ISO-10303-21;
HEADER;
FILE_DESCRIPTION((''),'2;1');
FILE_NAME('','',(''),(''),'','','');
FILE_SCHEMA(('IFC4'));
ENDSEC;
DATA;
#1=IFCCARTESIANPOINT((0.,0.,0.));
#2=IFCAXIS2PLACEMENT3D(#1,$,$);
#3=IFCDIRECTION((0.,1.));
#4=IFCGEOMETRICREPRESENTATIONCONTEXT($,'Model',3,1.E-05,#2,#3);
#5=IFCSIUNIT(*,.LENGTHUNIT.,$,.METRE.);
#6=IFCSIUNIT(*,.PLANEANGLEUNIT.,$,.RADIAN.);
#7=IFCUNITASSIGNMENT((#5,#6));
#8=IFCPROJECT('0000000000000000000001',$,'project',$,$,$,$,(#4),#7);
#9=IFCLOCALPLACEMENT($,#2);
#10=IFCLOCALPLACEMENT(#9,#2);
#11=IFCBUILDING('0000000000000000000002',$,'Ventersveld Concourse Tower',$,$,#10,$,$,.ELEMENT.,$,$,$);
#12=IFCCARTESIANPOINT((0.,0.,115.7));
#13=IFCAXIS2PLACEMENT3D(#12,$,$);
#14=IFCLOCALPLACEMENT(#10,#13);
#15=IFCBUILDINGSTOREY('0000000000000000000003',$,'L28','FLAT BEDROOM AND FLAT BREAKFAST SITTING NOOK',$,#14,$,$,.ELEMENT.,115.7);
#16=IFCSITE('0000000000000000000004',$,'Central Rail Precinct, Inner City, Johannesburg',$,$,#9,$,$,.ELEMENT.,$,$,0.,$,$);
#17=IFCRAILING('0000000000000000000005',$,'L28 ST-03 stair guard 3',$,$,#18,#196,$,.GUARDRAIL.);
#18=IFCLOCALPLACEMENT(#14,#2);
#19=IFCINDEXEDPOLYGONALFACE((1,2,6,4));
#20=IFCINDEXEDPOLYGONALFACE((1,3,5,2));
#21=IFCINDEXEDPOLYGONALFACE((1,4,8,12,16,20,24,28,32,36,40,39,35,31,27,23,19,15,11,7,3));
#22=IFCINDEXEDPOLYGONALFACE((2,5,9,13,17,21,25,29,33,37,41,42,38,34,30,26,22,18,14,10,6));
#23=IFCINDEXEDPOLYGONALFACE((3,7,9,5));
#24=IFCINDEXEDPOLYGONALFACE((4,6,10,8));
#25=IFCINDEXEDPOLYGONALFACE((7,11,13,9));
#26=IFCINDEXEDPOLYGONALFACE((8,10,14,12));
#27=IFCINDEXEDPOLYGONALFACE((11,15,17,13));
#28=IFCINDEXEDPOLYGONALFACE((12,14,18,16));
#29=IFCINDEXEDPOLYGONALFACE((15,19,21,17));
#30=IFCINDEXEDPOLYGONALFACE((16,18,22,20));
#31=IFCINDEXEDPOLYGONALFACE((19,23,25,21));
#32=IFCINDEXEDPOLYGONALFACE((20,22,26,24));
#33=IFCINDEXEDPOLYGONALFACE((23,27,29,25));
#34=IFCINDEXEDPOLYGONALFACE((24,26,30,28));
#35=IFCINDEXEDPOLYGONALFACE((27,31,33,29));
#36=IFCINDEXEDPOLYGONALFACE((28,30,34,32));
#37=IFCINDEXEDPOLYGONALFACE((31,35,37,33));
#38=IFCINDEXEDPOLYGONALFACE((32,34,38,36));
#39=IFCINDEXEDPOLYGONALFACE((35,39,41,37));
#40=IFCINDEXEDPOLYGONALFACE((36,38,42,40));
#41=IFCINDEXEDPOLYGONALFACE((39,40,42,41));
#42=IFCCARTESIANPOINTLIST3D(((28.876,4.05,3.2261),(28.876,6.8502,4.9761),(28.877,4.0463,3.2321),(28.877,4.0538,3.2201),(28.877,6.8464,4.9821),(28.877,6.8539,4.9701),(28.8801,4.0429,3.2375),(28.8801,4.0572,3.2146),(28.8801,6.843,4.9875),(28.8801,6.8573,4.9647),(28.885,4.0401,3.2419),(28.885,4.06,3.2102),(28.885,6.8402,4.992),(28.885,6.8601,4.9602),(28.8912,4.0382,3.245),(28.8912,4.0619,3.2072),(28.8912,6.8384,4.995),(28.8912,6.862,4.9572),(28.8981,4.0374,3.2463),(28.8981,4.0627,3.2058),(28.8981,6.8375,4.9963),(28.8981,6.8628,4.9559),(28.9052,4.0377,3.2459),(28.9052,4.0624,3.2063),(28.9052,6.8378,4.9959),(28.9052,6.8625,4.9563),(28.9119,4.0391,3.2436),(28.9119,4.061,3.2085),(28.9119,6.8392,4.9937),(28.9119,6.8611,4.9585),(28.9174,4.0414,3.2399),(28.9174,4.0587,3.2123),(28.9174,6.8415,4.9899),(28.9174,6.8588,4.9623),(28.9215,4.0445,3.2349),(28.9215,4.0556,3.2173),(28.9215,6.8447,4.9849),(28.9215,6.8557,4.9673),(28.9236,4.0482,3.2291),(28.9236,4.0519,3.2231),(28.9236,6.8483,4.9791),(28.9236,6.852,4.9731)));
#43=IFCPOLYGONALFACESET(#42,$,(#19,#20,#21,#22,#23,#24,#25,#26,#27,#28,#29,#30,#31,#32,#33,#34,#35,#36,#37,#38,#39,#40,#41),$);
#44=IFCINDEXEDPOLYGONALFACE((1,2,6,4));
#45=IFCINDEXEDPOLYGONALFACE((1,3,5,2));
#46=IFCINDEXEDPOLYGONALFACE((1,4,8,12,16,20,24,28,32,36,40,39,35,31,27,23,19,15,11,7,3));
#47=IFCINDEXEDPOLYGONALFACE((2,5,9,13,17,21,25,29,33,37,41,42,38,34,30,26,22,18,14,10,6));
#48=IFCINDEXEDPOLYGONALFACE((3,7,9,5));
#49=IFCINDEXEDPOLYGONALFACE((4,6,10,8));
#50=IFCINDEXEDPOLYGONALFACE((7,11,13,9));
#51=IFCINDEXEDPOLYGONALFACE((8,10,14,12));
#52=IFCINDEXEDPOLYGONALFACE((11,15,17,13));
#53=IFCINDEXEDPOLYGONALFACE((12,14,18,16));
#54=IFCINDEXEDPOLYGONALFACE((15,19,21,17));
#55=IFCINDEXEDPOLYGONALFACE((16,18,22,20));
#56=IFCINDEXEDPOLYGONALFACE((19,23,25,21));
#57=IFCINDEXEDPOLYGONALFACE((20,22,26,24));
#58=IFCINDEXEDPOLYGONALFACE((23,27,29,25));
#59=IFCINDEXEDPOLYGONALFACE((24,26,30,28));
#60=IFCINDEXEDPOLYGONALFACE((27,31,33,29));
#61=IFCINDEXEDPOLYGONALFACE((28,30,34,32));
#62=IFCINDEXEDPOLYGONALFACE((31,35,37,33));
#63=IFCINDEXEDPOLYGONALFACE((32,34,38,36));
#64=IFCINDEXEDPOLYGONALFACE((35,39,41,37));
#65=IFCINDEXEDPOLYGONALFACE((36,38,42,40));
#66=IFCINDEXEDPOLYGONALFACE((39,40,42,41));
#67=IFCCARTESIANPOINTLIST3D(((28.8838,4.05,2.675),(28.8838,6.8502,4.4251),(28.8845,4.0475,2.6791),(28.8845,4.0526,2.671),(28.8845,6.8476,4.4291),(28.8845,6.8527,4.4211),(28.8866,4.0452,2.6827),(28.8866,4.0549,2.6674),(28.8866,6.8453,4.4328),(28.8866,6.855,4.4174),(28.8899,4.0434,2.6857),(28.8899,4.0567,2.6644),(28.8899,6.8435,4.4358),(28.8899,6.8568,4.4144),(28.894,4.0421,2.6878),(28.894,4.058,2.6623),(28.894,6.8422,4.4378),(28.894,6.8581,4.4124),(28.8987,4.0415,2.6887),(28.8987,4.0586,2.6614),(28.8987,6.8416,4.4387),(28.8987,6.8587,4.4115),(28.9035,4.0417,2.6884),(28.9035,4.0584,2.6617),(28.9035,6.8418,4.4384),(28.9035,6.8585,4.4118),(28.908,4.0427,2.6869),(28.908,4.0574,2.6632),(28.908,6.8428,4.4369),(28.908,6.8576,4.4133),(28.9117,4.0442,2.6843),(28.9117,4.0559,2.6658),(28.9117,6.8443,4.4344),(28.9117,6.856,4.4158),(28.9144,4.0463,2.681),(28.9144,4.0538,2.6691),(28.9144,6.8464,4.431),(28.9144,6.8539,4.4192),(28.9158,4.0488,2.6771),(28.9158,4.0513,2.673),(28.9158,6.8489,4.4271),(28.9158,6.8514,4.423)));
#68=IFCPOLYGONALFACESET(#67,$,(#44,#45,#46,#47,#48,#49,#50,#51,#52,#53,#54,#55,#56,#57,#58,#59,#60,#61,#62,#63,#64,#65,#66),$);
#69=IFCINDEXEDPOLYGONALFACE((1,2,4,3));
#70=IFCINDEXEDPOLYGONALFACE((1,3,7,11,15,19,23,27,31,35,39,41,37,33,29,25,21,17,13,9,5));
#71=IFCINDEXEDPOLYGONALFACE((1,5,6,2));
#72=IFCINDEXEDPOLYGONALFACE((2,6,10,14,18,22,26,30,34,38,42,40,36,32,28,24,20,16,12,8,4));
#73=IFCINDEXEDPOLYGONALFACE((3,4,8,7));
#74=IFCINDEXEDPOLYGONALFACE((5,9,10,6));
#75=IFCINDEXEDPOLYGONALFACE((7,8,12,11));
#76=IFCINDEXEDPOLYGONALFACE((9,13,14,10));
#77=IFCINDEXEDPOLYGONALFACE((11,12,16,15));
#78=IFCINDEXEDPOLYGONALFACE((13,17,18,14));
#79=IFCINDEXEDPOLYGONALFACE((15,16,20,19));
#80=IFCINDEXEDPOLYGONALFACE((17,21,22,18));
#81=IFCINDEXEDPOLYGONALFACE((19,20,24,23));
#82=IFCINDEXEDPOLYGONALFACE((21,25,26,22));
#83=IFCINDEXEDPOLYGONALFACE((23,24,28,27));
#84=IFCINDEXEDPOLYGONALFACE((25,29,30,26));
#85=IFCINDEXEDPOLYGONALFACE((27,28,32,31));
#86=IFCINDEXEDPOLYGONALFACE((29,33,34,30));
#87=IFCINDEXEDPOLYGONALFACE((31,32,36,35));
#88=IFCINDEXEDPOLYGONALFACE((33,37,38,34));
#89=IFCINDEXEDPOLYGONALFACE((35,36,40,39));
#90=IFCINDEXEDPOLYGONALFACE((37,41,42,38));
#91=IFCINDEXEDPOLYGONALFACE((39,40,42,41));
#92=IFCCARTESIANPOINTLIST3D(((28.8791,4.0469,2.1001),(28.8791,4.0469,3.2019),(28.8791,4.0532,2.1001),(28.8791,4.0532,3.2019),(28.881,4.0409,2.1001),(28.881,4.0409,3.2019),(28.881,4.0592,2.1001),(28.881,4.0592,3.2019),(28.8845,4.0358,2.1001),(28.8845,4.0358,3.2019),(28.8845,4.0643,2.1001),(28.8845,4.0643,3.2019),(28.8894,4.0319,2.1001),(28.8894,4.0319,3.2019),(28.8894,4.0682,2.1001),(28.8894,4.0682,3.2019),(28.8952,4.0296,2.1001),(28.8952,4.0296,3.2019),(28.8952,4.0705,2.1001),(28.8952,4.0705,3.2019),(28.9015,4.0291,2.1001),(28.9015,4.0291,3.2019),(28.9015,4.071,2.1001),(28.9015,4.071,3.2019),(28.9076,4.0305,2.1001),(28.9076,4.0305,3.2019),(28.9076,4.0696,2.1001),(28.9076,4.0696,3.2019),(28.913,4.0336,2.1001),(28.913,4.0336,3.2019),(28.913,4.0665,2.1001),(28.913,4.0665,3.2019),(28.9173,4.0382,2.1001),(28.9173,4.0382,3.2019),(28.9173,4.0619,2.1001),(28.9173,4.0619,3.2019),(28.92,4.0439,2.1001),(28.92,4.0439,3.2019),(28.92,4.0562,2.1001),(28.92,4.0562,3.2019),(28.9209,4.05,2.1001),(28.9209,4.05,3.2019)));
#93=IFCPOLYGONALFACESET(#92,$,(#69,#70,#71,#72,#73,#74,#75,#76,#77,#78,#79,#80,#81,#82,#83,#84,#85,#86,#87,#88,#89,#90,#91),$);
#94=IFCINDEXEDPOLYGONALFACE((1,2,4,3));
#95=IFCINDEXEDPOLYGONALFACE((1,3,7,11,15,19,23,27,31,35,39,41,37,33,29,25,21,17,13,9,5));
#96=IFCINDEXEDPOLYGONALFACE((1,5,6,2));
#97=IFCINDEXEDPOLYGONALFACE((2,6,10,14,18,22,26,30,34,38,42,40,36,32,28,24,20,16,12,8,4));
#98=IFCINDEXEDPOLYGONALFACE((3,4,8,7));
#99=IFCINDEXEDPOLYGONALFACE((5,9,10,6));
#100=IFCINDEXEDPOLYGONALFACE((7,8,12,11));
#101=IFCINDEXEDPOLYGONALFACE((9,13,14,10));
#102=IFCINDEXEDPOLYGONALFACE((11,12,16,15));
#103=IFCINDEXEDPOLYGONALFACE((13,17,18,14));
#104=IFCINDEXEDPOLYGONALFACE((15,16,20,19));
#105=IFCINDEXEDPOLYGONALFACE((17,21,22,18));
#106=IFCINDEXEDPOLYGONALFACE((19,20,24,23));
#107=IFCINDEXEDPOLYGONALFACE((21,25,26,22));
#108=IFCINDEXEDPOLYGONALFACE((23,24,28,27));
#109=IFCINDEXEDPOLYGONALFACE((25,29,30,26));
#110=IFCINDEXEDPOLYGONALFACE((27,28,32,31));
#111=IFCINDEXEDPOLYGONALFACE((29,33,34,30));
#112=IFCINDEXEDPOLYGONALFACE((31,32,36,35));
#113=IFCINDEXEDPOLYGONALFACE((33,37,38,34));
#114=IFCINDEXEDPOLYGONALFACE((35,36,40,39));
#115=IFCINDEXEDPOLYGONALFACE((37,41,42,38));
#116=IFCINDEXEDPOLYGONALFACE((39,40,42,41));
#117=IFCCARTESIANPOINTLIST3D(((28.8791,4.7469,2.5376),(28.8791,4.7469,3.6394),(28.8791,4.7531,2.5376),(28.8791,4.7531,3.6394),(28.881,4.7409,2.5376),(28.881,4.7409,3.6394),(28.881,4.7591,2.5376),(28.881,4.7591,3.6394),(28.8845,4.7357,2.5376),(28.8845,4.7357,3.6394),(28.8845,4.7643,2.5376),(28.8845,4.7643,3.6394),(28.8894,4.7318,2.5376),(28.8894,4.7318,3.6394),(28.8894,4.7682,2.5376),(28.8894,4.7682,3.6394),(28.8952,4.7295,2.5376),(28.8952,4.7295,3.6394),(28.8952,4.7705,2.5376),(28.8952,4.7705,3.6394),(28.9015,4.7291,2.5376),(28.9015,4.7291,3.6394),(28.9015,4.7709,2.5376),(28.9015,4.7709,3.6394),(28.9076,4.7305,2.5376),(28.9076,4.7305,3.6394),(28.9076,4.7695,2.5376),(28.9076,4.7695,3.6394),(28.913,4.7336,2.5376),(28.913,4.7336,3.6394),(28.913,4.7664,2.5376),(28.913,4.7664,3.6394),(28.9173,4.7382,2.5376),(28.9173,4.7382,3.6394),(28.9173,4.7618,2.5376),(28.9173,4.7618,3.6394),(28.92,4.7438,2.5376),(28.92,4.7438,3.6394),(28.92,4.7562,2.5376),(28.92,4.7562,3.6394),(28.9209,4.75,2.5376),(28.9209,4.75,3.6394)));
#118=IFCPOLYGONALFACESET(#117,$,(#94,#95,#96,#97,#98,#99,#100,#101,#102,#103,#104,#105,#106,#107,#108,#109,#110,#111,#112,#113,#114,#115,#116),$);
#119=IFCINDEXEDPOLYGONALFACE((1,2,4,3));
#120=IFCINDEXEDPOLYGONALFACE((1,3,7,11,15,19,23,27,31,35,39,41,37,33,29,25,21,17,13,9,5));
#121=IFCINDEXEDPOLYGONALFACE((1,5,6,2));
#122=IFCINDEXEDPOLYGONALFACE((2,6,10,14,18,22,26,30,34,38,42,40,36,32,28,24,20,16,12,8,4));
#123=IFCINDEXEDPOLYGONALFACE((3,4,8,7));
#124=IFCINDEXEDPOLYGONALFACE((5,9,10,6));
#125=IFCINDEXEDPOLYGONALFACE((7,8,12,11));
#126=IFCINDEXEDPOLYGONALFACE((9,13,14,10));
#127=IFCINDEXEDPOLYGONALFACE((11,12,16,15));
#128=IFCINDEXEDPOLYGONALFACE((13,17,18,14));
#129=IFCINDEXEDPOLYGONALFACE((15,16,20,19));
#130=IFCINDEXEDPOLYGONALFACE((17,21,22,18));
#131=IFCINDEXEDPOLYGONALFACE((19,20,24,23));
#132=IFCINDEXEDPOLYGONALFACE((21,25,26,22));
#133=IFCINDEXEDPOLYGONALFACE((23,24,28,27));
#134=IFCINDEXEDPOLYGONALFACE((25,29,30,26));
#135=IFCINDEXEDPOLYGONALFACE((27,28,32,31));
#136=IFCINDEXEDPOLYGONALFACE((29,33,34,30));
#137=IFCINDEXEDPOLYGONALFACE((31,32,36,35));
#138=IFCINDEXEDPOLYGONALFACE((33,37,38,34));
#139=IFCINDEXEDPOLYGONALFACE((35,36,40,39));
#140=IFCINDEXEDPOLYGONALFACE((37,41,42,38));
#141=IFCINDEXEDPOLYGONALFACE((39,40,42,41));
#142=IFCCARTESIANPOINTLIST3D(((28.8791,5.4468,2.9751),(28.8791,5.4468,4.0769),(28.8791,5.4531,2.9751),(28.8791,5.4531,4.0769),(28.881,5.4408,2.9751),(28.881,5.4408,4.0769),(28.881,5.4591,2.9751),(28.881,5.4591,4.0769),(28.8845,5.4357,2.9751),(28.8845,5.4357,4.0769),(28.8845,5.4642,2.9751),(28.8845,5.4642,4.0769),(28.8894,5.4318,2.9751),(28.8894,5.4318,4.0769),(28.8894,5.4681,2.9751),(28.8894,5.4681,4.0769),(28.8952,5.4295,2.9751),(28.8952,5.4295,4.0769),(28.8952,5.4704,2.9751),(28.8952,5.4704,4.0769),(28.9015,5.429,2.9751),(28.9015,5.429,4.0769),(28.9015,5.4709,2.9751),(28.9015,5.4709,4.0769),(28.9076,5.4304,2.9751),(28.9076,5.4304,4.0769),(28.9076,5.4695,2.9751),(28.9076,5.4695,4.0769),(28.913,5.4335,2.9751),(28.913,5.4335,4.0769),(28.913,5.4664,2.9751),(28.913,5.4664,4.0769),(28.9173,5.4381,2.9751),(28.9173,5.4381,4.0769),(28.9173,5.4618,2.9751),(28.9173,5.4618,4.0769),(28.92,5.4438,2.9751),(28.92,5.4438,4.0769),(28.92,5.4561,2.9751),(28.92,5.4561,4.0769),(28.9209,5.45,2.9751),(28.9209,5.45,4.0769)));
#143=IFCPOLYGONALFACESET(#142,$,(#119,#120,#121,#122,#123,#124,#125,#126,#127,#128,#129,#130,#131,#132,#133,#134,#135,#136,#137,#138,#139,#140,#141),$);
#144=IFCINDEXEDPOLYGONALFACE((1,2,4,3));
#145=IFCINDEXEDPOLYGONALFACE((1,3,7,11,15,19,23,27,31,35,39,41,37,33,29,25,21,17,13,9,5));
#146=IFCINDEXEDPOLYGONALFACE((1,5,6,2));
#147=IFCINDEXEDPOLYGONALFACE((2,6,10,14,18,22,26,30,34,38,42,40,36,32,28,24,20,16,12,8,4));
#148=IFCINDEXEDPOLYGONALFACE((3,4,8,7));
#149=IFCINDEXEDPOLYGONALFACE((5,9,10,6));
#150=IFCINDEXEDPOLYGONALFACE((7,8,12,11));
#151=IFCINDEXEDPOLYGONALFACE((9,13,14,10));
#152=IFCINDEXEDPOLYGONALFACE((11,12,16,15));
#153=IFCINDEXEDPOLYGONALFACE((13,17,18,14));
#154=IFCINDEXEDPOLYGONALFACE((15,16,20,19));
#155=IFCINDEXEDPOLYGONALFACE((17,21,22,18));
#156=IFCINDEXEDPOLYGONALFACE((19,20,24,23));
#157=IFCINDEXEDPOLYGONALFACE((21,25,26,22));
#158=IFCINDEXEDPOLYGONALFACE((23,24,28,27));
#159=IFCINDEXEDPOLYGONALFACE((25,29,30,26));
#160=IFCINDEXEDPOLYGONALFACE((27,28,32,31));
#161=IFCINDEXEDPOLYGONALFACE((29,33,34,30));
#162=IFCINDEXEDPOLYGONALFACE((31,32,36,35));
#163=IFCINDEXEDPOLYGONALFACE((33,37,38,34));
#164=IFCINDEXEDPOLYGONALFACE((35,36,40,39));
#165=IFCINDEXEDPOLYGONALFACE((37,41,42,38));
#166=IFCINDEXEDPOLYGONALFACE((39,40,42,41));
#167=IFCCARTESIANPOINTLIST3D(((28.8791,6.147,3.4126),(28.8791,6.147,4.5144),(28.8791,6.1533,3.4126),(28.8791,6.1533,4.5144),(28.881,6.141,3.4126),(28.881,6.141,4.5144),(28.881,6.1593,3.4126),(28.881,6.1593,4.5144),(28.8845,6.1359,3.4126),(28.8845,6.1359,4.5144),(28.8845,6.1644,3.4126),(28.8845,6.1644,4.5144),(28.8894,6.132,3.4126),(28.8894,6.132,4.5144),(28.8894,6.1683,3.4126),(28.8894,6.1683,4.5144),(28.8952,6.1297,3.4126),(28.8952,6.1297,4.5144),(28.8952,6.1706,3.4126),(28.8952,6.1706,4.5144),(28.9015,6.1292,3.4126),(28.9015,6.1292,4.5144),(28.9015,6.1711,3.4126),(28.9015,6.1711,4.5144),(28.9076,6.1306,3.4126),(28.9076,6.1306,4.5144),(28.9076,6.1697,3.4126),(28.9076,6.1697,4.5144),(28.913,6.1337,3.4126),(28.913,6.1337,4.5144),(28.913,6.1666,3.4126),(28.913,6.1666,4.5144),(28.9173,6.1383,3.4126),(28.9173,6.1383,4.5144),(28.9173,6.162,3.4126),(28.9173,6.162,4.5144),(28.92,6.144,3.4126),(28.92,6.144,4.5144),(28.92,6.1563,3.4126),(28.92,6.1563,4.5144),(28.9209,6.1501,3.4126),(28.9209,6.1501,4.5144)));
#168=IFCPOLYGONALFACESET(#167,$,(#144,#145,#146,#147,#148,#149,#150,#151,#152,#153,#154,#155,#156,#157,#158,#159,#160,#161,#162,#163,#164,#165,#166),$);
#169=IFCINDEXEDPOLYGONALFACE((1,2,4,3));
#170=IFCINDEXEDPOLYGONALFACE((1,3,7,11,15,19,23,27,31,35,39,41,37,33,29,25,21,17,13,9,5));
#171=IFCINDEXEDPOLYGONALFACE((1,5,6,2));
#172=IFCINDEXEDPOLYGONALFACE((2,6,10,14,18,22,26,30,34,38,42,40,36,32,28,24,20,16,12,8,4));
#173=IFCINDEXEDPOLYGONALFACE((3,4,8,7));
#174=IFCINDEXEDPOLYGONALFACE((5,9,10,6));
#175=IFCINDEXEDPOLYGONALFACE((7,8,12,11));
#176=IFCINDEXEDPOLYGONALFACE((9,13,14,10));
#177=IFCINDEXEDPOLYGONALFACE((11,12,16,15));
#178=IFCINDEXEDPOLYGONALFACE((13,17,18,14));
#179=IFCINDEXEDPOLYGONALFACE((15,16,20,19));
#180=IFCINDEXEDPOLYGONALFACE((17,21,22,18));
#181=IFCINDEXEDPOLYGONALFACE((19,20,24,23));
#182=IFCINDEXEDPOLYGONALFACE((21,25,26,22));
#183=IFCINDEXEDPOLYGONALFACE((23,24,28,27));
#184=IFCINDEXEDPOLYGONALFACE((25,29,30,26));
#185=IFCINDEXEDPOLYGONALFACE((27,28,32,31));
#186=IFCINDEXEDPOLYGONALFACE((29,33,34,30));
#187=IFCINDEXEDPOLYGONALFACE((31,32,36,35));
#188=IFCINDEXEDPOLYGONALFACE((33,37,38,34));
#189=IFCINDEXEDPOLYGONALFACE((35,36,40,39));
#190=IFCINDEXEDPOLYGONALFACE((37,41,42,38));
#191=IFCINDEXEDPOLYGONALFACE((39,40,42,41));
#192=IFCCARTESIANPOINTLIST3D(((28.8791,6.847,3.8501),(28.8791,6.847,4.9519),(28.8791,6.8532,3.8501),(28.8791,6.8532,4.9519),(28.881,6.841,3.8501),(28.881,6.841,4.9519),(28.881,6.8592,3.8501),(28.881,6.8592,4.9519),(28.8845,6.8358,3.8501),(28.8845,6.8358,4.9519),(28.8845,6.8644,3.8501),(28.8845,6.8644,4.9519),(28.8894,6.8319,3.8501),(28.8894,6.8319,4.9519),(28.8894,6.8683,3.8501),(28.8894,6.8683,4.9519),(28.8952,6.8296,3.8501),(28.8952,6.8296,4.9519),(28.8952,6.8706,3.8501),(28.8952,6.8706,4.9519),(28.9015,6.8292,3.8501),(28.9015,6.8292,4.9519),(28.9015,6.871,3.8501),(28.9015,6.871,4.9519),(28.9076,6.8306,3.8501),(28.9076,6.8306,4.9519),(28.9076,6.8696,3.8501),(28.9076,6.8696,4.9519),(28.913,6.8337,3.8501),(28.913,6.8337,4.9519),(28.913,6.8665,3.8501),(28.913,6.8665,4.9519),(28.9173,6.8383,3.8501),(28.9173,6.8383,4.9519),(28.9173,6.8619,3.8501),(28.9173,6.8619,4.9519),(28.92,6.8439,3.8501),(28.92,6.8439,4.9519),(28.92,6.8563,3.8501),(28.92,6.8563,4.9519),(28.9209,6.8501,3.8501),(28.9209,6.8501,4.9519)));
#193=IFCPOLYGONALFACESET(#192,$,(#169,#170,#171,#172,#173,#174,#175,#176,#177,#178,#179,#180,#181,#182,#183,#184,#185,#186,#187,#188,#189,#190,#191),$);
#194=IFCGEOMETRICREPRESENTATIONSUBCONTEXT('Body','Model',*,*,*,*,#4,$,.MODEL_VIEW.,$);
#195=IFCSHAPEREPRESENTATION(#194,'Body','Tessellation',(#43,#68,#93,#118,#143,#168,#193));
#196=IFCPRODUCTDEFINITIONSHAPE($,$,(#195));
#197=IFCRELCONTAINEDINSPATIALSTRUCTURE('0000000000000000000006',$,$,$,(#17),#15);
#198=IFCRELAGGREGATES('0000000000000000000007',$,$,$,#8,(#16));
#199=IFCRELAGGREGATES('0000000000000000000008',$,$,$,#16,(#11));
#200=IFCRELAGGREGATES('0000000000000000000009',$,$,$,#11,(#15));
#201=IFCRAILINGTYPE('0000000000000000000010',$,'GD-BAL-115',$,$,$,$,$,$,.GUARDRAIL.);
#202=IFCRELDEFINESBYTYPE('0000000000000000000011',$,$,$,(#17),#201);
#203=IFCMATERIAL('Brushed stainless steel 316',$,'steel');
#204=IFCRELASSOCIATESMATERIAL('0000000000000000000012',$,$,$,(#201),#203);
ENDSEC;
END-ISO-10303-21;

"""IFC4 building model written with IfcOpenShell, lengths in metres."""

from ifc_helpers import new_model, si_unit, direction, frame, origin, origin_2d, place, context, subcontext, project, spatial, circle, extrude, material, type_object, element, save


model = new_model("IFC4")

# Units and contexts
model_context = context("Model", 3, precision=1e-05, world=origin(), true_north=direction((0.0, 1.0)))
body_context = subcontext(model_context, "Body", "Model", "MODEL_VIEW")
ifc_project = project(units=[si_unit("LENGTHUNIT", "METRE"), si_unit("PLANEANGLEUNIT", "RADIAN")], contexts=[model_context])

# Site, building, storey
site_placement = place(None, origin())
site = spatial("IfcSite", under=ifc_project, at=site_placement, Name="Central Rail Precinct, Inner City, Johannesburg", CompositionType="ELEMENT", RefElevation=0.0)
building_placement = place(site_placement, origin())
building = spatial("IfcBuilding", under=site, at=building_placement, Name="Ventersveld Concourse Tower", CompositionType="ELEMENT")
storey_placement = place(building_placement, frame((0.0, 0.0, 115.7)))
storey = spatial("IfcBuildingStorey", under=building, at=storey_placement, Name="L28", Description="FLAT BEDROOM AND FLAT BREAKFAST SITTING NOOK", CompositionType="ELEMENT", Elevation=115.7)

# Railing
ifc_material_1 = material(Name="Brushed stainless steel 316", Category="steel")
railing_type_1 = type_object("IfcRailingType", Name="GD-BAL-115", PredefinedType="GUARDRAIL", material=ifc_material_1)
railing_1_placement = place(storey_placement, frame((28.8999, 4.05, 2.1001)))
element("IfcRailing", 1, at=railing_1_placement, inside=storey, type_object=railing_type_1, Name="L28 ST-03 stair guard 3", PredefinedType="GUARDRAIL", context=body_context, shape_type="SweptSolid", body=[
    extrude(circle(Radius=0.0239, at=origin_2d()), frame((0.0, 0.0, 1.126), z_axis=(0.0, 0.848002, 0.529992), x_axis=(-1.0, 0.0, 0.0)), (0.0, 0.0, 1.0), 3.302),
    extrude(circle(Radius=0.0161, at=origin_2d()), frame((0.0, 0.0, 0.575), z_axis=(0.0, 0.848002, 0.529992), x_axis=(-1.0, 0.0, 0.0)), (0.0, 0.0, 1.0), 3.302),
    extrude(circle(Radius=0.021, at=origin_2d()), origin(), (0.0, 0.0, 1.0), 1.1018),
    extrude(circle(Radius=0.021, at=origin_2d()), frame((0.0, 0.7, 0.4375)), (0.0, 0.0, 1.0), 1.1018),
    extrude(circle(Radius=0.021, at=origin_2d()), frame((0.0, 1.3999, 0.875)), (0.0, 0.0, 1.0), 1.1018),
    extrude(circle(Radius=0.021, at=origin_2d()), frame((0.0, 2.1001, 1.3125)), (0.0, 0.0, 1.0), 1.1018),
    extrude(circle(Radius=0.021, at=origin_2d()), frame((0.0, 2.8, 1.75)), (0.0, 0.0, 1.0), 1.1018),
])

save(model, "model.ifc")
